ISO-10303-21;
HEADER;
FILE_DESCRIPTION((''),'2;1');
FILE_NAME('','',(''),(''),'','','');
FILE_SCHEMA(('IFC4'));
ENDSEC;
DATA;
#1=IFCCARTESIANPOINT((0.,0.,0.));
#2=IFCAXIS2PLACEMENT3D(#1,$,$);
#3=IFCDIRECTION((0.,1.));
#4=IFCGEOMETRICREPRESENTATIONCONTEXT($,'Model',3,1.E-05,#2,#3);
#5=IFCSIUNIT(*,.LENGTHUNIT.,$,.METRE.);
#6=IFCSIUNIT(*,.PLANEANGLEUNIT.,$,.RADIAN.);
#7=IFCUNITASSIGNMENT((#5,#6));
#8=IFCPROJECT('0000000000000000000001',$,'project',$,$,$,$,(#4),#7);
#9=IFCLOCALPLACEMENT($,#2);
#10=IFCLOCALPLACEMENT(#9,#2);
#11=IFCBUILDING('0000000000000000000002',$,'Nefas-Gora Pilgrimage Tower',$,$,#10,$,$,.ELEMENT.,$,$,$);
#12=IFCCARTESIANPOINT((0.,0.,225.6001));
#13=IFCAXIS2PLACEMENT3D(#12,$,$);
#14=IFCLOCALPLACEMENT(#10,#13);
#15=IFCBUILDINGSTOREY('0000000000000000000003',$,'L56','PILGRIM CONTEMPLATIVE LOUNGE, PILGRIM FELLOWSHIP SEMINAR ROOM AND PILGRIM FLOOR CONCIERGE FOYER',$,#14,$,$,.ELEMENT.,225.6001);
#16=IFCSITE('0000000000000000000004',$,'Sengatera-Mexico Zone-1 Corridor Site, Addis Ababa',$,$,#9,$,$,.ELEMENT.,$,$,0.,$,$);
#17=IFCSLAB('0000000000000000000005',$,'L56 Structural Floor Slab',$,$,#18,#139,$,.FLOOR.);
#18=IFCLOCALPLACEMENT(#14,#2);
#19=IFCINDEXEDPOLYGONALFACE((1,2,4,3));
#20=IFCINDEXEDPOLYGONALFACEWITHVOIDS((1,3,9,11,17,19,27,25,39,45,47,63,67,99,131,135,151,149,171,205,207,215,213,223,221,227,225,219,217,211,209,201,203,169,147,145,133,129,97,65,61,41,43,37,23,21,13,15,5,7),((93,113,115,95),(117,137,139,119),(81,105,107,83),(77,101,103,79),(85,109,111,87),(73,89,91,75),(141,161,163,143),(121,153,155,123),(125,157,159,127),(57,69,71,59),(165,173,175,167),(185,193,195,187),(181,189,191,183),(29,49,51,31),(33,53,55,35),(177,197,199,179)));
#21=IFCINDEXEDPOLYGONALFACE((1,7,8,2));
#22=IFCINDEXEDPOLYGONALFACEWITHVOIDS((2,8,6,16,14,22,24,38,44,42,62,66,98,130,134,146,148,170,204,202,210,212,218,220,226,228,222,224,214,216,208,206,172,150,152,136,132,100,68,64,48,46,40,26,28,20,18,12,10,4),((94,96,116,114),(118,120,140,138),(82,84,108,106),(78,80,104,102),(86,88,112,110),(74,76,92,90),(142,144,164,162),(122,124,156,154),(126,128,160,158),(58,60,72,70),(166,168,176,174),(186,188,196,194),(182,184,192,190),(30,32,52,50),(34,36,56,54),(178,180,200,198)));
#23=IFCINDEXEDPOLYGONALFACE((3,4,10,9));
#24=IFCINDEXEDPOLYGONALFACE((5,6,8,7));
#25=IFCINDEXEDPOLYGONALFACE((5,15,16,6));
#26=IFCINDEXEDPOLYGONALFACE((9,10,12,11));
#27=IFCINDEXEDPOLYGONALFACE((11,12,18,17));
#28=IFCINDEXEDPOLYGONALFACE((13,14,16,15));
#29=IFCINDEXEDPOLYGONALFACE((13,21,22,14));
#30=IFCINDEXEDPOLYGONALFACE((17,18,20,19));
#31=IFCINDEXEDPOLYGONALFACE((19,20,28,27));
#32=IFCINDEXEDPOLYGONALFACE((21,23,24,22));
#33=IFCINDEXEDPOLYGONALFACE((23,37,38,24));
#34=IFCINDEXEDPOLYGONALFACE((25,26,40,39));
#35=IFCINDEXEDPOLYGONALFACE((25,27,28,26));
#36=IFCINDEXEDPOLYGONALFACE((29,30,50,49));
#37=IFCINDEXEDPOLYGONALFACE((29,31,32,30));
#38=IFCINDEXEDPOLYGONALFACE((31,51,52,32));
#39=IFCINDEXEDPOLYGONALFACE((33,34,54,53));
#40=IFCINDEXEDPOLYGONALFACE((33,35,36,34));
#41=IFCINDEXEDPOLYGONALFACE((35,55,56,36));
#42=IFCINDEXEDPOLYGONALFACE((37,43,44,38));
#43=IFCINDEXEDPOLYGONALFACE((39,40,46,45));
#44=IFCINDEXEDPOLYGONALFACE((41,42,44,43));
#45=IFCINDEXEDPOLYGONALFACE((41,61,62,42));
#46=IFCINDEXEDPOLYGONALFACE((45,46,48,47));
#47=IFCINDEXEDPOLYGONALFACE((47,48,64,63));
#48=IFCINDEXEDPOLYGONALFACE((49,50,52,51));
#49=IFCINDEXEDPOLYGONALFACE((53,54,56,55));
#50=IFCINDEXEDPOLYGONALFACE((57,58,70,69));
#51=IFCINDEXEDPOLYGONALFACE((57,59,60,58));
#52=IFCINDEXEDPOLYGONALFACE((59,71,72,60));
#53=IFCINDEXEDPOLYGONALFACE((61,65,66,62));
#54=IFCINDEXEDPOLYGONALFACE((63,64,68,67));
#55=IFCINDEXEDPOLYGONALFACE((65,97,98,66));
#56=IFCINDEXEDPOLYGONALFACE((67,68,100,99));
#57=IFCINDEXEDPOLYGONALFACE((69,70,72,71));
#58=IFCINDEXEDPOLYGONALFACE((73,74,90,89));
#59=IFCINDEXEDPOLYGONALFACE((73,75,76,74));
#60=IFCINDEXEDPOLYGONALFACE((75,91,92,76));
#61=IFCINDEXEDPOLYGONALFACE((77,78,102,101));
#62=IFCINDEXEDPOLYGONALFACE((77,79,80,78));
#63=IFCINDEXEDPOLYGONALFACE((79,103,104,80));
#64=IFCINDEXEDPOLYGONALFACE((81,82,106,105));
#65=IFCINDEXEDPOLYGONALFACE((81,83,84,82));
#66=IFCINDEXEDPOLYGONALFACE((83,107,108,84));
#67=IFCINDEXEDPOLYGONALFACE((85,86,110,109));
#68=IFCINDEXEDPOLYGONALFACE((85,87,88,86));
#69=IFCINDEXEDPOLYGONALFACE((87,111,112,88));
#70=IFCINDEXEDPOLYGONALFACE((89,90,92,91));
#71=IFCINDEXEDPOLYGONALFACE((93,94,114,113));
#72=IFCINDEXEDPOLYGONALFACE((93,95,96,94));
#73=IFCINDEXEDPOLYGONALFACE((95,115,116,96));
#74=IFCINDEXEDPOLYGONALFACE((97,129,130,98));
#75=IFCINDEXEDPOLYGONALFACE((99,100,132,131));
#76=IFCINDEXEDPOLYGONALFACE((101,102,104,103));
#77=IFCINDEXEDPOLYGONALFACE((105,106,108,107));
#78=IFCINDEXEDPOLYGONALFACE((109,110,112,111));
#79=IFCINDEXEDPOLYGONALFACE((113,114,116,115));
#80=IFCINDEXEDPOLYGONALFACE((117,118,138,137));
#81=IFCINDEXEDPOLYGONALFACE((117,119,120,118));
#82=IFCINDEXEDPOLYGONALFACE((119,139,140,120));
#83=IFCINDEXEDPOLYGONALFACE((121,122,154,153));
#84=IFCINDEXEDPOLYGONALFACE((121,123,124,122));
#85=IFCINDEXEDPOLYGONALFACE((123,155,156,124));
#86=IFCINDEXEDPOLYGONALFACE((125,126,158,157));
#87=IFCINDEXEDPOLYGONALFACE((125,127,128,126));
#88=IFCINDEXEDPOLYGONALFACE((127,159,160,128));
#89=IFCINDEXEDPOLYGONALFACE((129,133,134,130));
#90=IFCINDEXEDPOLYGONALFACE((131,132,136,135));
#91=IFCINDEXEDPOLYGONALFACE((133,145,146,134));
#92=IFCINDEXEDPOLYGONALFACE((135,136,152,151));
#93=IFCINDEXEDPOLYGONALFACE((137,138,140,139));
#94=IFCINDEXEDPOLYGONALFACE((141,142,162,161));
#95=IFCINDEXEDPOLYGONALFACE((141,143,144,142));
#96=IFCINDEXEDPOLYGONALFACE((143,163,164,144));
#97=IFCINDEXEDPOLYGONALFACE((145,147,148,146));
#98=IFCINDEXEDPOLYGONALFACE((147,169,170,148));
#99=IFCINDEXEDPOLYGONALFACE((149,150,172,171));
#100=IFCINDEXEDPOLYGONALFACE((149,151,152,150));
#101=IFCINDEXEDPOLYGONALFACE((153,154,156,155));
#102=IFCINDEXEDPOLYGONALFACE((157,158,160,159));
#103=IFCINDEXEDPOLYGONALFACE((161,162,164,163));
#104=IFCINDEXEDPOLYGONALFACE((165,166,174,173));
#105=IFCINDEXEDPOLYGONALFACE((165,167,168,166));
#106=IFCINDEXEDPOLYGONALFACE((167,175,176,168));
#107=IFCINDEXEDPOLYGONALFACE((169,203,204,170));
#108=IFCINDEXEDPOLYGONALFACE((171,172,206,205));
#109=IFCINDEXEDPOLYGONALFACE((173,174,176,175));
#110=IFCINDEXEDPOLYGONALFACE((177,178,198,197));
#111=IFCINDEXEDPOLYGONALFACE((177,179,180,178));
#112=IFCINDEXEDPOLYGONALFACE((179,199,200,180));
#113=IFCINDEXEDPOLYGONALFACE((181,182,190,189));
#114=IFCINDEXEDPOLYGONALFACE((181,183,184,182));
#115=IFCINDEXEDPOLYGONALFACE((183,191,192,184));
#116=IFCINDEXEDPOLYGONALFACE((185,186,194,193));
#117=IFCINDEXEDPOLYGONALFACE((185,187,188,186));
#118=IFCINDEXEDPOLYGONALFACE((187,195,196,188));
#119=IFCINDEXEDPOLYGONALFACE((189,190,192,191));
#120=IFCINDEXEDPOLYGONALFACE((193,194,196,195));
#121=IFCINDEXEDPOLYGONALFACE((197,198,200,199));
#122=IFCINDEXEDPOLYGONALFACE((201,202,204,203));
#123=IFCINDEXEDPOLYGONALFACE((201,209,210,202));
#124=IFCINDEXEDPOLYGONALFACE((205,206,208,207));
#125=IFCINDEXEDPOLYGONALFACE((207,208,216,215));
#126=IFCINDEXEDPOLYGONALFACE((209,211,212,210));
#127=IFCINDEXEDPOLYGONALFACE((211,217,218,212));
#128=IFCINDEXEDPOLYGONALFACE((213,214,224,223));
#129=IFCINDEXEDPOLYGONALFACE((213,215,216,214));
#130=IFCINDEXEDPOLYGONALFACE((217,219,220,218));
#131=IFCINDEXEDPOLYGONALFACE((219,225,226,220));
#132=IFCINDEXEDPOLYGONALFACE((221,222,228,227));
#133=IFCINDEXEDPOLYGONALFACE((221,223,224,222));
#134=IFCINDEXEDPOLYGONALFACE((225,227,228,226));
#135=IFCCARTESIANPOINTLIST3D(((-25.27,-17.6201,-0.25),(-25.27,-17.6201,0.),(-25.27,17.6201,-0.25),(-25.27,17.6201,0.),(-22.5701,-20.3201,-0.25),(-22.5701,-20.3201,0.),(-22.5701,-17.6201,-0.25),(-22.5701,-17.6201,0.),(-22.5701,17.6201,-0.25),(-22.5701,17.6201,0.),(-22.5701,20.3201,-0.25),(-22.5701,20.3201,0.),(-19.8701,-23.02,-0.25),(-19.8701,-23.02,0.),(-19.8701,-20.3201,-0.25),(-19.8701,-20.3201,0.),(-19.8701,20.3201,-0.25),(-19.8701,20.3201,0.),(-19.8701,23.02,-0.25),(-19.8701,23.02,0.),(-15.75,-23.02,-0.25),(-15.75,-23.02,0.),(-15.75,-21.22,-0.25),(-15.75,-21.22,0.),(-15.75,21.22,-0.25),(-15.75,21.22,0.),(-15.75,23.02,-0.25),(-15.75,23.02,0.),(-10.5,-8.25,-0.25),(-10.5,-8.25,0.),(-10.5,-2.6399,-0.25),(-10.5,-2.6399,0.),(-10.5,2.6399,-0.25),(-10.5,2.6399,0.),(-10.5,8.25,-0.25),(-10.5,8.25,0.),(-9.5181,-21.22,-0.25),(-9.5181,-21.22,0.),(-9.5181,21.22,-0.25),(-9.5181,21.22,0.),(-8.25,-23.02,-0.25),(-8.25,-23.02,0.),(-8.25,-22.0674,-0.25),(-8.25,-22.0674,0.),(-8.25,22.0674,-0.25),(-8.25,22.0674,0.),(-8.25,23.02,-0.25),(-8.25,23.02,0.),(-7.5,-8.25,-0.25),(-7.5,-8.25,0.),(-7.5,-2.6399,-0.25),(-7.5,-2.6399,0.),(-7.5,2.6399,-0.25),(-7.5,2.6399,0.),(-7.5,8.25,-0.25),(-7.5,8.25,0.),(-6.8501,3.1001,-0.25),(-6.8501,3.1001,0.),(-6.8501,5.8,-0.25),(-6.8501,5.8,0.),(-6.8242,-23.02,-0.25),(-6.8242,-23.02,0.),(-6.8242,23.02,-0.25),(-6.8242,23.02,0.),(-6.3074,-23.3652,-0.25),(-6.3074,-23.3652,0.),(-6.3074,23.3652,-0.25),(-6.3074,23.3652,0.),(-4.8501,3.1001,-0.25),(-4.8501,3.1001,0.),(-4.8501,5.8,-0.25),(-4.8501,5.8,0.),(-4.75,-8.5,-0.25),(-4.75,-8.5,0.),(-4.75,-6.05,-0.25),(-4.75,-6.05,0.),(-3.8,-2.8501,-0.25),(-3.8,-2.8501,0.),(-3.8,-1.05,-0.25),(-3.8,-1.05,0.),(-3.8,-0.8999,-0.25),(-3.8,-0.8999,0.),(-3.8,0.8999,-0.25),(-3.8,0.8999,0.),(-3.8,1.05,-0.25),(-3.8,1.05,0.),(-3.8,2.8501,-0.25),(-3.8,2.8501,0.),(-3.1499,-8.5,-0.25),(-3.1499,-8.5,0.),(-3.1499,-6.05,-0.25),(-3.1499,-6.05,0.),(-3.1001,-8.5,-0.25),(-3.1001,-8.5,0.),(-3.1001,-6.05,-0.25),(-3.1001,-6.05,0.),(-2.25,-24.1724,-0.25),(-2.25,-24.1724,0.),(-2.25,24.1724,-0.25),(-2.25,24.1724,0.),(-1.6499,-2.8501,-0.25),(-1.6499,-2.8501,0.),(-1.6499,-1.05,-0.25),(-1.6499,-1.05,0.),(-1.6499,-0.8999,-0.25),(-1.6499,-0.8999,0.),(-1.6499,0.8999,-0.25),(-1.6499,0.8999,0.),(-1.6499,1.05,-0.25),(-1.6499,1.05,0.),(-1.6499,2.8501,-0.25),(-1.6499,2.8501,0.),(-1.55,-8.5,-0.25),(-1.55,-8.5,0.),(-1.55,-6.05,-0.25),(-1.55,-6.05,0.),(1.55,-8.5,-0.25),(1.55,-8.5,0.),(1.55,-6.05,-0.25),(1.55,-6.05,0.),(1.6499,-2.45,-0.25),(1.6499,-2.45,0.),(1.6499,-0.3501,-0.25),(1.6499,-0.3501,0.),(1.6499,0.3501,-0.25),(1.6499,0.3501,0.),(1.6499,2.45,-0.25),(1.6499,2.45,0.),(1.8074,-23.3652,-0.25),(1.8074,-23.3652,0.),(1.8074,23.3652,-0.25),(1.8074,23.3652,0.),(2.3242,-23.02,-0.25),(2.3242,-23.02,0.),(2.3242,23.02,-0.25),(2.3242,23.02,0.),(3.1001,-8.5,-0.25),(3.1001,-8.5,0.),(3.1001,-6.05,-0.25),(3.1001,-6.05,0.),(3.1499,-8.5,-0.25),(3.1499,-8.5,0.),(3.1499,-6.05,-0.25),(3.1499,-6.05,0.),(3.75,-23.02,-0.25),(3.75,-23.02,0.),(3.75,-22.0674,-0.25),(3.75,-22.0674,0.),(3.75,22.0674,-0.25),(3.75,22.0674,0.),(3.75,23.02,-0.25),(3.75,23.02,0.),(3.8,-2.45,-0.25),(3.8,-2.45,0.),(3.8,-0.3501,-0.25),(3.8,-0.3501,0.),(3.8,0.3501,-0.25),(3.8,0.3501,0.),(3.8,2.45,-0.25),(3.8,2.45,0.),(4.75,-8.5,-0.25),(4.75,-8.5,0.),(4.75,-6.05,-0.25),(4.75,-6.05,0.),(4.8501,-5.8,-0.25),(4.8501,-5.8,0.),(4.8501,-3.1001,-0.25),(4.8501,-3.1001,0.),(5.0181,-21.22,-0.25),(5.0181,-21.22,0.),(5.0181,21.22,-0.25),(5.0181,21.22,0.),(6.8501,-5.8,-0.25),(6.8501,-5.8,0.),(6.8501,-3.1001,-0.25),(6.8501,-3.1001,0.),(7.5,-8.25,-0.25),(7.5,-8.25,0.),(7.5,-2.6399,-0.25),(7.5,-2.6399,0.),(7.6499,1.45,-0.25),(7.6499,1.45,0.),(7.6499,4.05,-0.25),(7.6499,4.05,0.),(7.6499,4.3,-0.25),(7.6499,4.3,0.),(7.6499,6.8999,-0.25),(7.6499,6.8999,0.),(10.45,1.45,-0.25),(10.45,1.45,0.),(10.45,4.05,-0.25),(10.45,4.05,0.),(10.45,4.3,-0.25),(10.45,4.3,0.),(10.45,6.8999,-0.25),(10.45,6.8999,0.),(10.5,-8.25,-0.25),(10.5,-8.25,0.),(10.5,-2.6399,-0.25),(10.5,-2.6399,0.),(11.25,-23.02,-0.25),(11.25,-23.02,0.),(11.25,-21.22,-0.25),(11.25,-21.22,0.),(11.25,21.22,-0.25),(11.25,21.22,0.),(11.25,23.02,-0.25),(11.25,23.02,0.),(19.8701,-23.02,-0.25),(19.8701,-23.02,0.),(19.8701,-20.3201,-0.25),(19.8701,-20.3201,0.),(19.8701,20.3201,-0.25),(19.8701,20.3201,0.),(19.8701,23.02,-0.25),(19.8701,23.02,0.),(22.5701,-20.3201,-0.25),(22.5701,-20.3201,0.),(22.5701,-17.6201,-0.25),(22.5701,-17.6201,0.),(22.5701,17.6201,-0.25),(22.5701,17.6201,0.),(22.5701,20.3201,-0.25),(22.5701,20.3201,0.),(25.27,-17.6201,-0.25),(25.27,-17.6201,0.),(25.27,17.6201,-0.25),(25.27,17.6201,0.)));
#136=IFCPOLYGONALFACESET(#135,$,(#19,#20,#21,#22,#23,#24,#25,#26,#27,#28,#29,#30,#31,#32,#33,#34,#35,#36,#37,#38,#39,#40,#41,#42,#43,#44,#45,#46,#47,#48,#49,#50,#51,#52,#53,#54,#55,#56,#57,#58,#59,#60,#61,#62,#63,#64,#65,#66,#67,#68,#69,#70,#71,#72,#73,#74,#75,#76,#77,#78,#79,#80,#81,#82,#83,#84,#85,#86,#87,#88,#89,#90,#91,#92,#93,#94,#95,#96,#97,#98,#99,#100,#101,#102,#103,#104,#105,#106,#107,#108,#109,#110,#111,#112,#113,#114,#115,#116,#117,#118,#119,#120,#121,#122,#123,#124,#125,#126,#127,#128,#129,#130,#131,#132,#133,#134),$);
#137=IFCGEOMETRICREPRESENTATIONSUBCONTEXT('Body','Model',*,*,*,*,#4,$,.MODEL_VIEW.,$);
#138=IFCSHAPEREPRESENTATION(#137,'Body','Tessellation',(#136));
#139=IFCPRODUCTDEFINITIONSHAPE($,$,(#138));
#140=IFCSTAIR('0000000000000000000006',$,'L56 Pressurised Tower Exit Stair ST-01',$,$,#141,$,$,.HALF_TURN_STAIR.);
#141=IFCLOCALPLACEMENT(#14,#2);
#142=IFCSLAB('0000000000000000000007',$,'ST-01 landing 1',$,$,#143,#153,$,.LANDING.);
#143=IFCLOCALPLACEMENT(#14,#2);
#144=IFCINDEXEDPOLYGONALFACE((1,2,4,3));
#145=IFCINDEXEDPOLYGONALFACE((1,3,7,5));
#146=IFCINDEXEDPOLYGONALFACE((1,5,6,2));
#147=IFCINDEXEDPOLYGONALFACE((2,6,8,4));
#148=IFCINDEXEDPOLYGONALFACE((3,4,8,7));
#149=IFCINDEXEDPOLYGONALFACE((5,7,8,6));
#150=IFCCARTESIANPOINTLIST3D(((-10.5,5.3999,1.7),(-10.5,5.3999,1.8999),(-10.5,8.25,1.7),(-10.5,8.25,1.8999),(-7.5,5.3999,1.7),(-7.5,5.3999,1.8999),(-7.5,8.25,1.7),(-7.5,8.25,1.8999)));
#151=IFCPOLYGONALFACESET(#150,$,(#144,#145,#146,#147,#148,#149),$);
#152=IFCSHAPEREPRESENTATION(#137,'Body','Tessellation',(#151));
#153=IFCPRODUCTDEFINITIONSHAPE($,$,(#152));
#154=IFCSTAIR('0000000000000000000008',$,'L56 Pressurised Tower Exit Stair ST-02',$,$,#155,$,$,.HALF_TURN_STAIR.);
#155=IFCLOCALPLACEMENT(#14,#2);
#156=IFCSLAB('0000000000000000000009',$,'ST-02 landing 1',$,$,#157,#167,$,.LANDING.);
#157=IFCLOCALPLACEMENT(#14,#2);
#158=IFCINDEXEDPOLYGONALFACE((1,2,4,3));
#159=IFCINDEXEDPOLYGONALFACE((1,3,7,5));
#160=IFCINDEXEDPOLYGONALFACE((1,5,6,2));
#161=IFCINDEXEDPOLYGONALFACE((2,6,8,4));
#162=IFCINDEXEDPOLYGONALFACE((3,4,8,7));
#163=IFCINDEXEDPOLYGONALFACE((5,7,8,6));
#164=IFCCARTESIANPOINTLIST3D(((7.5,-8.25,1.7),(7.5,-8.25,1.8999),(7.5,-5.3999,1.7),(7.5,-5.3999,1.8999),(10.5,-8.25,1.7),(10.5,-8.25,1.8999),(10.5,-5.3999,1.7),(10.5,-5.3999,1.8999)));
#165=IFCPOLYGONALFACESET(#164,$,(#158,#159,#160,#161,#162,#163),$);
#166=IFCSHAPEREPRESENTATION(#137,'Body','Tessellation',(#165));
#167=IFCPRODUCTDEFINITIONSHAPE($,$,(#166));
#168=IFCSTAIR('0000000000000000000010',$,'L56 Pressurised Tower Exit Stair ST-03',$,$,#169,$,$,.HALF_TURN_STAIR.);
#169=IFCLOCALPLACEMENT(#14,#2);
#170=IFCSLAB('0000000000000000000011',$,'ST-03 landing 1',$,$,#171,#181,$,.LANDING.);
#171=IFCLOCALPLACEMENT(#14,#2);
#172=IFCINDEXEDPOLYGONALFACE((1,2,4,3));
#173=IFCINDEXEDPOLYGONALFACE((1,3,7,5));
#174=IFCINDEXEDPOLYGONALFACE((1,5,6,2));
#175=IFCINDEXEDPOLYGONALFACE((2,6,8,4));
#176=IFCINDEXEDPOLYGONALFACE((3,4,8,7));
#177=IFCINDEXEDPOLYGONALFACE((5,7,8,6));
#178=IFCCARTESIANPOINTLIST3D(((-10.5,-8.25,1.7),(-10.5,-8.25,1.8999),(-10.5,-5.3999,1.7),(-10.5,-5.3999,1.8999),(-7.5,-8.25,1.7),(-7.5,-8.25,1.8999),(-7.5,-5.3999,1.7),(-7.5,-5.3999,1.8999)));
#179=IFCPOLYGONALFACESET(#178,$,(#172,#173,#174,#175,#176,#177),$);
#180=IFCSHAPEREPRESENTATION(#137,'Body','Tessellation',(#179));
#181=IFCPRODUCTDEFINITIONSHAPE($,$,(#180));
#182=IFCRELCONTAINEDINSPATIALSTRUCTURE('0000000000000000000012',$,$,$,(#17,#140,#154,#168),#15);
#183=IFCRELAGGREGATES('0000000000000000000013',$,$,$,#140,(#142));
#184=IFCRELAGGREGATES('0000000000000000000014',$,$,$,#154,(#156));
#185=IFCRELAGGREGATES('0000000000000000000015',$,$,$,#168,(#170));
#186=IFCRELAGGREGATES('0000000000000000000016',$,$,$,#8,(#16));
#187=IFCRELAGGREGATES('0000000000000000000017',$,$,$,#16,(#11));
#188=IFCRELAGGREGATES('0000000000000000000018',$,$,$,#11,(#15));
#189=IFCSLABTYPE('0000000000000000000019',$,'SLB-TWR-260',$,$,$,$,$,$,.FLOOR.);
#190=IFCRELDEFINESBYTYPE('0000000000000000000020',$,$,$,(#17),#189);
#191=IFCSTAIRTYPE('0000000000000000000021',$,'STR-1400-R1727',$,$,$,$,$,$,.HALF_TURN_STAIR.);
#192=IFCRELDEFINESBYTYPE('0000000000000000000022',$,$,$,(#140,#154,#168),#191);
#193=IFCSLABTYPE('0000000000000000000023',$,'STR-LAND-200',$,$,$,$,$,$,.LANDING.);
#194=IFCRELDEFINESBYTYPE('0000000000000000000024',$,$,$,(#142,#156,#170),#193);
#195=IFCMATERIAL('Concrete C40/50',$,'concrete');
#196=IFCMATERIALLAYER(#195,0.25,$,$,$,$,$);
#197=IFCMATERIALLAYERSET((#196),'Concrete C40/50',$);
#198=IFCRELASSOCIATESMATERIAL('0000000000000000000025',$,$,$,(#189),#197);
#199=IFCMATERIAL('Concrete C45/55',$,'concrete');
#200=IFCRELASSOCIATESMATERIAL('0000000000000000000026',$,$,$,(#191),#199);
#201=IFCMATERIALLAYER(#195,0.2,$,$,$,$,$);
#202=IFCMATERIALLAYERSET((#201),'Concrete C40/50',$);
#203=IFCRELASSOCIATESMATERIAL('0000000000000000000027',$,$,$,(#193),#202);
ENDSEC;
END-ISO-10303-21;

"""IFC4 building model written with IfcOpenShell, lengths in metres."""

from ifc_helpers import new_model, si_unit, direction, frame, origin, place, context, subcontext, project, spatial, polyline, outline, extrude, material, layer, layer_set, type_object, element, aggregate, save


model = new_model("IFC4")

# Units and contexts
model_context = context("Model", 3, precision=1e-05, world=origin(), true_north=direction((0.0, 1.0)))
body_context = subcontext(model_context, "Body", "Model", "MODEL_VIEW")
ifc_project = project(units=[si_unit("LENGTHUNIT", "METRE"), si_unit("PLANEANGLEUNIT", "RADIAN")], contexts=[model_context])

# Site, building, storey
site_placement = place(None, origin())
site = spatial("IfcSite", under=ifc_project, at=site_placement, Name="Sengatera-Mexico Zone-1 Corridor Site, Addis Ababa", CompositionType="ELEMENT", RefElevation=0.0)
building_placement = place(site_placement, origin())
building = spatial("IfcBuilding", under=site, at=building_placement, Name="Nefas-Gora Pilgrimage Tower", CompositionType="ELEMENT")
storey_placement = place(building_placement, frame((0.0, 0.0, 225.6001)))
storey = spatial("IfcBuildingStorey", under=building, at=storey_placement, Name="L56", Description="PILGRIM CONTEMPLATIVE LOUNGE, PILGRIM FELLOWSHIP SEMINAR ROOM AND PILGRIM FLOOR CONCIERGE FOYER", CompositionType="ELEMENT", Elevation=225.6001)

# Slab
ifc_material_1 = material(Name="Concrete C40/50", Category="concrete")
ifc_layer_1 = layer(ifc_material_1, 0.25)
ifc_layer_set_1 = layer_set([ifc_layer_1], Name="Concrete C40/50")
slab_type_1 = type_object("IfcSlabType", Name="SLB-TWR-260", PredefinedType="FLOOR", material=ifc_layer_set_1)
slab_1_placement = place(storey_placement, frame((0.0, 0.0, -0.25)))
element("IfcSlab", 1, at=slab_1_placement, inside=storey, type_object=slab_type_1, Name="L56 Structural Floor Slab", PredefinedType="FLOOR", context=body_context, shape_type="SweptSolid", body=[
    extrude(outline(polyline([(5.0181, -21.22), (11.25, -21.22), (11.25, -23.02), (19.8701, -23.02), (19.8701, -20.3201), (22.5701, -20.3201), (22.5701, -17.6201), (25.27, -17.6201), (25.27, 17.6201), (22.5701, 17.6201), (22.5701, 20.3201), (19.8701, 20.3201), (19.8701, 23.02), (11.25, 23.02), (11.25, 21.22), (5.0181, 21.22), (3.75, 22.0674), (3.75, 23.02), (2.3242, 23.02), (1.8074, 23.3652), (-2.25, 24.1724), (-6.3074, 23.3652), (-6.8242, 23.02), (-8.25, 23.02), (-8.25, 22.0674), (-9.5181, 21.22), (-15.75, 21.22), (-15.75, 23.02), (-19.8701, 23.02), (-19.8701, 20.3201), (-22.5701, 20.3201), (-22.5701, 17.6201), (-25.27, 17.6201), (-25.27, -17.6201), (-22.5701, -17.6201), (-22.5701, -20.3201), (-19.8701, -20.3201), (-19.8701, -23.02), (-15.75, -23.02), (-15.75, -21.22), (-9.5181, -21.22), (-8.25, -22.0674), (-8.25, -23.02), (-6.8242, -23.02), (-6.3074, -23.3652), (-2.25, -24.1724), (1.8074, -23.3652), (2.3242, -23.02), (3.75, -23.02), (3.75, -22.0674), (5.0181, -21.22)]), holes=[polyline([(-10.5, 2.6399), (-10.5, 8.25), (-7.5, 8.25), (-7.5, 2.6399), (-10.5, 2.6399)]), polyline([(10.5, -2.6399), (10.5, -8.25), (7.5, -8.25), (7.5, -2.6399), (10.5, -2.6399)]), polyline([(-7.5, -2.6399), (-7.5, -8.25), (-10.5, -8.25), (-10.5, -2.6399), (-7.5, -2.6399)]), polyline([(-6.8501, 5.8), (-4.8501, 5.8), (-4.8501, 3.1001), (-6.8501, 3.1001), (-6.8501, 5.8)]), polyline([(4.8501, -3.1001), (6.8501, -3.1001), (6.8501, -5.8), (4.8501, -5.8), (4.8501, -3.1001)]), polyline([(7.6499, 4.05), (10.45, 4.05), (10.45, 1.45), (7.6499, 1.45), (7.6499, 4.05)]), polyline([(7.6499, 6.8999), (10.45, 6.8999), (10.45, 4.3), (7.6499, 4.3), (7.6499, 6.8999)]), polyline([(-4.75, -6.05), (-3.1499, -6.05), (-3.1499, -8.5), (-4.75, -8.5), (-4.75, -6.05)]), polyline([(-3.1001, -6.05), (-1.55, -6.05), (-1.55, -8.5), (-3.1001, -8.5), (-3.1001, -6.05)]), polyline([(1.55, -6.05), (3.1001, -6.05), (3.1001, -8.5), (1.55, -8.5), (1.55, -6.05)]), polyline([(3.1499, -6.05), (4.75, -6.05), (4.75, -8.5), (3.1499, -8.5), (3.1499, -6.05)]), polyline([(-3.8, -1.05), (-1.6499, -1.05), (-1.6499, -2.8501), (-3.8, -2.8501), (-3.8, -1.05)]), polyline([(-3.8, 0.8999), (-1.6499, 0.8999), (-1.6499, -0.8999), (-3.8, -0.8999), (-3.8, 0.8999)]), polyline([(-3.8, 2.8501), (-1.6499, 2.8501), (-1.6499, 1.05), (-3.8, 1.05), (-3.8, 2.8501)]), polyline([(1.6499, -0.3501), (3.8, -0.3501), (3.8, -2.45), (1.6499, -2.45), (1.6499, -0.3501)]), polyline([(1.6499, 2.45), (3.8, 2.45), (3.8, 0.3501), (1.6499, 0.3501), (1.6499, 2.45)])]), origin(), (0.0, 0.0, 1.0), 0.25),
])

# Stairs, slabs
ifc_material_2 = material(Name="Concrete C45/55", Category="concrete")
stair_type = type_object("IfcStairType", Name="STR-1400-R1727", PredefinedType="HALF_TURN_STAIR", material=ifc_material_2)
stair_1_placement = place(storey_placement, origin())
stair_1 = element("IfcStair", 2, at=stair_1_placement, inside=storey, type_object=stair_type, Name="L56 Pressurised Tower Exit Stair ST-01", PredefinedType="HALF_TURN_STAIR")
ifc_layer_2 = layer(ifc_material_1, 0.2)
ifc_layer_set_2 = layer_set([ifc_layer_2], Name="Concrete C40/50")
slab_type_2 = type_object("IfcSlabType", Name="STR-LAND-200", PredefinedType="LANDING", material=ifc_layer_set_2)
slab_2_placement = place(storey_placement, frame((0.0, 0.0, 1.7)))
slab_2 = element("IfcSlab", 3, at=slab_2_placement, type_object=slab_type_2, Name="ST-01 landing 1", PredefinedType="LANDING", context=body_context, shape_type="SweptSolid", body=[
    extrude(outline(polyline([(-7.5, 5.3999), (-7.5, 8.25), (-10.5, 8.25), (-10.5, 5.3999), (-7.5, 5.3999)])), origin(), (0.0, 0.0, 1.0), 0.2),
])
aggregate(stair_1, [slab_2])
stair_2_placement = place(storey_placement, origin())
stair_2 = element("IfcStair", 4, at=stair_2_placement, inside=storey, type_object=stair_type, Name="L56 Pressurised Tower Exit Stair ST-02", PredefinedType="HALF_TURN_STAIR")
slab_3_placement = place(storey_placement, frame((0.0, 0.0, 1.7)))
slab_3 = element("IfcSlab", 5, at=slab_3_placement, type_object=slab_type_2, Name="ST-02 landing 1", PredefinedType="LANDING", context=body_context, shape_type="SweptSolid", body=[
    extrude(outline(polyline([(7.5, -5.3999), (7.5, -8.25), (10.5, -8.25), (10.5, -5.3999), (7.5, -5.3999)])), origin(), (0.0, 0.0, 1.0), 0.2),
])
aggregate(stair_2, [slab_3])
stair_3_placement = place(storey_placement, origin())
stair_3 = element("IfcStair", 6, at=stair_3_placement, inside=storey, type_object=stair_type, Name="L56 Pressurised Tower Exit Stair ST-03", PredefinedType="HALF_TURN_STAIR")
slab_4_placement = place(storey_placement, frame((0.0, 0.0, 1.7)))
slab_4 = element("IfcSlab", 7, at=slab_4_placement, type_object=slab_type_2, Name="ST-03 landing 1", PredefinedType="LANDING", context=body_context, shape_type="SweptSolid", body=[
    extrude(outline(polyline([(-10.5, -5.3999), (-10.5, -8.25), (-7.5, -8.25), (-7.5, -5.3999), (-10.5, -5.3999)])), origin(), (0.0, 0.0, 1.0), 0.2),
])
aggregate(stair_3, [slab_4])

save(model, "model.ifc")
